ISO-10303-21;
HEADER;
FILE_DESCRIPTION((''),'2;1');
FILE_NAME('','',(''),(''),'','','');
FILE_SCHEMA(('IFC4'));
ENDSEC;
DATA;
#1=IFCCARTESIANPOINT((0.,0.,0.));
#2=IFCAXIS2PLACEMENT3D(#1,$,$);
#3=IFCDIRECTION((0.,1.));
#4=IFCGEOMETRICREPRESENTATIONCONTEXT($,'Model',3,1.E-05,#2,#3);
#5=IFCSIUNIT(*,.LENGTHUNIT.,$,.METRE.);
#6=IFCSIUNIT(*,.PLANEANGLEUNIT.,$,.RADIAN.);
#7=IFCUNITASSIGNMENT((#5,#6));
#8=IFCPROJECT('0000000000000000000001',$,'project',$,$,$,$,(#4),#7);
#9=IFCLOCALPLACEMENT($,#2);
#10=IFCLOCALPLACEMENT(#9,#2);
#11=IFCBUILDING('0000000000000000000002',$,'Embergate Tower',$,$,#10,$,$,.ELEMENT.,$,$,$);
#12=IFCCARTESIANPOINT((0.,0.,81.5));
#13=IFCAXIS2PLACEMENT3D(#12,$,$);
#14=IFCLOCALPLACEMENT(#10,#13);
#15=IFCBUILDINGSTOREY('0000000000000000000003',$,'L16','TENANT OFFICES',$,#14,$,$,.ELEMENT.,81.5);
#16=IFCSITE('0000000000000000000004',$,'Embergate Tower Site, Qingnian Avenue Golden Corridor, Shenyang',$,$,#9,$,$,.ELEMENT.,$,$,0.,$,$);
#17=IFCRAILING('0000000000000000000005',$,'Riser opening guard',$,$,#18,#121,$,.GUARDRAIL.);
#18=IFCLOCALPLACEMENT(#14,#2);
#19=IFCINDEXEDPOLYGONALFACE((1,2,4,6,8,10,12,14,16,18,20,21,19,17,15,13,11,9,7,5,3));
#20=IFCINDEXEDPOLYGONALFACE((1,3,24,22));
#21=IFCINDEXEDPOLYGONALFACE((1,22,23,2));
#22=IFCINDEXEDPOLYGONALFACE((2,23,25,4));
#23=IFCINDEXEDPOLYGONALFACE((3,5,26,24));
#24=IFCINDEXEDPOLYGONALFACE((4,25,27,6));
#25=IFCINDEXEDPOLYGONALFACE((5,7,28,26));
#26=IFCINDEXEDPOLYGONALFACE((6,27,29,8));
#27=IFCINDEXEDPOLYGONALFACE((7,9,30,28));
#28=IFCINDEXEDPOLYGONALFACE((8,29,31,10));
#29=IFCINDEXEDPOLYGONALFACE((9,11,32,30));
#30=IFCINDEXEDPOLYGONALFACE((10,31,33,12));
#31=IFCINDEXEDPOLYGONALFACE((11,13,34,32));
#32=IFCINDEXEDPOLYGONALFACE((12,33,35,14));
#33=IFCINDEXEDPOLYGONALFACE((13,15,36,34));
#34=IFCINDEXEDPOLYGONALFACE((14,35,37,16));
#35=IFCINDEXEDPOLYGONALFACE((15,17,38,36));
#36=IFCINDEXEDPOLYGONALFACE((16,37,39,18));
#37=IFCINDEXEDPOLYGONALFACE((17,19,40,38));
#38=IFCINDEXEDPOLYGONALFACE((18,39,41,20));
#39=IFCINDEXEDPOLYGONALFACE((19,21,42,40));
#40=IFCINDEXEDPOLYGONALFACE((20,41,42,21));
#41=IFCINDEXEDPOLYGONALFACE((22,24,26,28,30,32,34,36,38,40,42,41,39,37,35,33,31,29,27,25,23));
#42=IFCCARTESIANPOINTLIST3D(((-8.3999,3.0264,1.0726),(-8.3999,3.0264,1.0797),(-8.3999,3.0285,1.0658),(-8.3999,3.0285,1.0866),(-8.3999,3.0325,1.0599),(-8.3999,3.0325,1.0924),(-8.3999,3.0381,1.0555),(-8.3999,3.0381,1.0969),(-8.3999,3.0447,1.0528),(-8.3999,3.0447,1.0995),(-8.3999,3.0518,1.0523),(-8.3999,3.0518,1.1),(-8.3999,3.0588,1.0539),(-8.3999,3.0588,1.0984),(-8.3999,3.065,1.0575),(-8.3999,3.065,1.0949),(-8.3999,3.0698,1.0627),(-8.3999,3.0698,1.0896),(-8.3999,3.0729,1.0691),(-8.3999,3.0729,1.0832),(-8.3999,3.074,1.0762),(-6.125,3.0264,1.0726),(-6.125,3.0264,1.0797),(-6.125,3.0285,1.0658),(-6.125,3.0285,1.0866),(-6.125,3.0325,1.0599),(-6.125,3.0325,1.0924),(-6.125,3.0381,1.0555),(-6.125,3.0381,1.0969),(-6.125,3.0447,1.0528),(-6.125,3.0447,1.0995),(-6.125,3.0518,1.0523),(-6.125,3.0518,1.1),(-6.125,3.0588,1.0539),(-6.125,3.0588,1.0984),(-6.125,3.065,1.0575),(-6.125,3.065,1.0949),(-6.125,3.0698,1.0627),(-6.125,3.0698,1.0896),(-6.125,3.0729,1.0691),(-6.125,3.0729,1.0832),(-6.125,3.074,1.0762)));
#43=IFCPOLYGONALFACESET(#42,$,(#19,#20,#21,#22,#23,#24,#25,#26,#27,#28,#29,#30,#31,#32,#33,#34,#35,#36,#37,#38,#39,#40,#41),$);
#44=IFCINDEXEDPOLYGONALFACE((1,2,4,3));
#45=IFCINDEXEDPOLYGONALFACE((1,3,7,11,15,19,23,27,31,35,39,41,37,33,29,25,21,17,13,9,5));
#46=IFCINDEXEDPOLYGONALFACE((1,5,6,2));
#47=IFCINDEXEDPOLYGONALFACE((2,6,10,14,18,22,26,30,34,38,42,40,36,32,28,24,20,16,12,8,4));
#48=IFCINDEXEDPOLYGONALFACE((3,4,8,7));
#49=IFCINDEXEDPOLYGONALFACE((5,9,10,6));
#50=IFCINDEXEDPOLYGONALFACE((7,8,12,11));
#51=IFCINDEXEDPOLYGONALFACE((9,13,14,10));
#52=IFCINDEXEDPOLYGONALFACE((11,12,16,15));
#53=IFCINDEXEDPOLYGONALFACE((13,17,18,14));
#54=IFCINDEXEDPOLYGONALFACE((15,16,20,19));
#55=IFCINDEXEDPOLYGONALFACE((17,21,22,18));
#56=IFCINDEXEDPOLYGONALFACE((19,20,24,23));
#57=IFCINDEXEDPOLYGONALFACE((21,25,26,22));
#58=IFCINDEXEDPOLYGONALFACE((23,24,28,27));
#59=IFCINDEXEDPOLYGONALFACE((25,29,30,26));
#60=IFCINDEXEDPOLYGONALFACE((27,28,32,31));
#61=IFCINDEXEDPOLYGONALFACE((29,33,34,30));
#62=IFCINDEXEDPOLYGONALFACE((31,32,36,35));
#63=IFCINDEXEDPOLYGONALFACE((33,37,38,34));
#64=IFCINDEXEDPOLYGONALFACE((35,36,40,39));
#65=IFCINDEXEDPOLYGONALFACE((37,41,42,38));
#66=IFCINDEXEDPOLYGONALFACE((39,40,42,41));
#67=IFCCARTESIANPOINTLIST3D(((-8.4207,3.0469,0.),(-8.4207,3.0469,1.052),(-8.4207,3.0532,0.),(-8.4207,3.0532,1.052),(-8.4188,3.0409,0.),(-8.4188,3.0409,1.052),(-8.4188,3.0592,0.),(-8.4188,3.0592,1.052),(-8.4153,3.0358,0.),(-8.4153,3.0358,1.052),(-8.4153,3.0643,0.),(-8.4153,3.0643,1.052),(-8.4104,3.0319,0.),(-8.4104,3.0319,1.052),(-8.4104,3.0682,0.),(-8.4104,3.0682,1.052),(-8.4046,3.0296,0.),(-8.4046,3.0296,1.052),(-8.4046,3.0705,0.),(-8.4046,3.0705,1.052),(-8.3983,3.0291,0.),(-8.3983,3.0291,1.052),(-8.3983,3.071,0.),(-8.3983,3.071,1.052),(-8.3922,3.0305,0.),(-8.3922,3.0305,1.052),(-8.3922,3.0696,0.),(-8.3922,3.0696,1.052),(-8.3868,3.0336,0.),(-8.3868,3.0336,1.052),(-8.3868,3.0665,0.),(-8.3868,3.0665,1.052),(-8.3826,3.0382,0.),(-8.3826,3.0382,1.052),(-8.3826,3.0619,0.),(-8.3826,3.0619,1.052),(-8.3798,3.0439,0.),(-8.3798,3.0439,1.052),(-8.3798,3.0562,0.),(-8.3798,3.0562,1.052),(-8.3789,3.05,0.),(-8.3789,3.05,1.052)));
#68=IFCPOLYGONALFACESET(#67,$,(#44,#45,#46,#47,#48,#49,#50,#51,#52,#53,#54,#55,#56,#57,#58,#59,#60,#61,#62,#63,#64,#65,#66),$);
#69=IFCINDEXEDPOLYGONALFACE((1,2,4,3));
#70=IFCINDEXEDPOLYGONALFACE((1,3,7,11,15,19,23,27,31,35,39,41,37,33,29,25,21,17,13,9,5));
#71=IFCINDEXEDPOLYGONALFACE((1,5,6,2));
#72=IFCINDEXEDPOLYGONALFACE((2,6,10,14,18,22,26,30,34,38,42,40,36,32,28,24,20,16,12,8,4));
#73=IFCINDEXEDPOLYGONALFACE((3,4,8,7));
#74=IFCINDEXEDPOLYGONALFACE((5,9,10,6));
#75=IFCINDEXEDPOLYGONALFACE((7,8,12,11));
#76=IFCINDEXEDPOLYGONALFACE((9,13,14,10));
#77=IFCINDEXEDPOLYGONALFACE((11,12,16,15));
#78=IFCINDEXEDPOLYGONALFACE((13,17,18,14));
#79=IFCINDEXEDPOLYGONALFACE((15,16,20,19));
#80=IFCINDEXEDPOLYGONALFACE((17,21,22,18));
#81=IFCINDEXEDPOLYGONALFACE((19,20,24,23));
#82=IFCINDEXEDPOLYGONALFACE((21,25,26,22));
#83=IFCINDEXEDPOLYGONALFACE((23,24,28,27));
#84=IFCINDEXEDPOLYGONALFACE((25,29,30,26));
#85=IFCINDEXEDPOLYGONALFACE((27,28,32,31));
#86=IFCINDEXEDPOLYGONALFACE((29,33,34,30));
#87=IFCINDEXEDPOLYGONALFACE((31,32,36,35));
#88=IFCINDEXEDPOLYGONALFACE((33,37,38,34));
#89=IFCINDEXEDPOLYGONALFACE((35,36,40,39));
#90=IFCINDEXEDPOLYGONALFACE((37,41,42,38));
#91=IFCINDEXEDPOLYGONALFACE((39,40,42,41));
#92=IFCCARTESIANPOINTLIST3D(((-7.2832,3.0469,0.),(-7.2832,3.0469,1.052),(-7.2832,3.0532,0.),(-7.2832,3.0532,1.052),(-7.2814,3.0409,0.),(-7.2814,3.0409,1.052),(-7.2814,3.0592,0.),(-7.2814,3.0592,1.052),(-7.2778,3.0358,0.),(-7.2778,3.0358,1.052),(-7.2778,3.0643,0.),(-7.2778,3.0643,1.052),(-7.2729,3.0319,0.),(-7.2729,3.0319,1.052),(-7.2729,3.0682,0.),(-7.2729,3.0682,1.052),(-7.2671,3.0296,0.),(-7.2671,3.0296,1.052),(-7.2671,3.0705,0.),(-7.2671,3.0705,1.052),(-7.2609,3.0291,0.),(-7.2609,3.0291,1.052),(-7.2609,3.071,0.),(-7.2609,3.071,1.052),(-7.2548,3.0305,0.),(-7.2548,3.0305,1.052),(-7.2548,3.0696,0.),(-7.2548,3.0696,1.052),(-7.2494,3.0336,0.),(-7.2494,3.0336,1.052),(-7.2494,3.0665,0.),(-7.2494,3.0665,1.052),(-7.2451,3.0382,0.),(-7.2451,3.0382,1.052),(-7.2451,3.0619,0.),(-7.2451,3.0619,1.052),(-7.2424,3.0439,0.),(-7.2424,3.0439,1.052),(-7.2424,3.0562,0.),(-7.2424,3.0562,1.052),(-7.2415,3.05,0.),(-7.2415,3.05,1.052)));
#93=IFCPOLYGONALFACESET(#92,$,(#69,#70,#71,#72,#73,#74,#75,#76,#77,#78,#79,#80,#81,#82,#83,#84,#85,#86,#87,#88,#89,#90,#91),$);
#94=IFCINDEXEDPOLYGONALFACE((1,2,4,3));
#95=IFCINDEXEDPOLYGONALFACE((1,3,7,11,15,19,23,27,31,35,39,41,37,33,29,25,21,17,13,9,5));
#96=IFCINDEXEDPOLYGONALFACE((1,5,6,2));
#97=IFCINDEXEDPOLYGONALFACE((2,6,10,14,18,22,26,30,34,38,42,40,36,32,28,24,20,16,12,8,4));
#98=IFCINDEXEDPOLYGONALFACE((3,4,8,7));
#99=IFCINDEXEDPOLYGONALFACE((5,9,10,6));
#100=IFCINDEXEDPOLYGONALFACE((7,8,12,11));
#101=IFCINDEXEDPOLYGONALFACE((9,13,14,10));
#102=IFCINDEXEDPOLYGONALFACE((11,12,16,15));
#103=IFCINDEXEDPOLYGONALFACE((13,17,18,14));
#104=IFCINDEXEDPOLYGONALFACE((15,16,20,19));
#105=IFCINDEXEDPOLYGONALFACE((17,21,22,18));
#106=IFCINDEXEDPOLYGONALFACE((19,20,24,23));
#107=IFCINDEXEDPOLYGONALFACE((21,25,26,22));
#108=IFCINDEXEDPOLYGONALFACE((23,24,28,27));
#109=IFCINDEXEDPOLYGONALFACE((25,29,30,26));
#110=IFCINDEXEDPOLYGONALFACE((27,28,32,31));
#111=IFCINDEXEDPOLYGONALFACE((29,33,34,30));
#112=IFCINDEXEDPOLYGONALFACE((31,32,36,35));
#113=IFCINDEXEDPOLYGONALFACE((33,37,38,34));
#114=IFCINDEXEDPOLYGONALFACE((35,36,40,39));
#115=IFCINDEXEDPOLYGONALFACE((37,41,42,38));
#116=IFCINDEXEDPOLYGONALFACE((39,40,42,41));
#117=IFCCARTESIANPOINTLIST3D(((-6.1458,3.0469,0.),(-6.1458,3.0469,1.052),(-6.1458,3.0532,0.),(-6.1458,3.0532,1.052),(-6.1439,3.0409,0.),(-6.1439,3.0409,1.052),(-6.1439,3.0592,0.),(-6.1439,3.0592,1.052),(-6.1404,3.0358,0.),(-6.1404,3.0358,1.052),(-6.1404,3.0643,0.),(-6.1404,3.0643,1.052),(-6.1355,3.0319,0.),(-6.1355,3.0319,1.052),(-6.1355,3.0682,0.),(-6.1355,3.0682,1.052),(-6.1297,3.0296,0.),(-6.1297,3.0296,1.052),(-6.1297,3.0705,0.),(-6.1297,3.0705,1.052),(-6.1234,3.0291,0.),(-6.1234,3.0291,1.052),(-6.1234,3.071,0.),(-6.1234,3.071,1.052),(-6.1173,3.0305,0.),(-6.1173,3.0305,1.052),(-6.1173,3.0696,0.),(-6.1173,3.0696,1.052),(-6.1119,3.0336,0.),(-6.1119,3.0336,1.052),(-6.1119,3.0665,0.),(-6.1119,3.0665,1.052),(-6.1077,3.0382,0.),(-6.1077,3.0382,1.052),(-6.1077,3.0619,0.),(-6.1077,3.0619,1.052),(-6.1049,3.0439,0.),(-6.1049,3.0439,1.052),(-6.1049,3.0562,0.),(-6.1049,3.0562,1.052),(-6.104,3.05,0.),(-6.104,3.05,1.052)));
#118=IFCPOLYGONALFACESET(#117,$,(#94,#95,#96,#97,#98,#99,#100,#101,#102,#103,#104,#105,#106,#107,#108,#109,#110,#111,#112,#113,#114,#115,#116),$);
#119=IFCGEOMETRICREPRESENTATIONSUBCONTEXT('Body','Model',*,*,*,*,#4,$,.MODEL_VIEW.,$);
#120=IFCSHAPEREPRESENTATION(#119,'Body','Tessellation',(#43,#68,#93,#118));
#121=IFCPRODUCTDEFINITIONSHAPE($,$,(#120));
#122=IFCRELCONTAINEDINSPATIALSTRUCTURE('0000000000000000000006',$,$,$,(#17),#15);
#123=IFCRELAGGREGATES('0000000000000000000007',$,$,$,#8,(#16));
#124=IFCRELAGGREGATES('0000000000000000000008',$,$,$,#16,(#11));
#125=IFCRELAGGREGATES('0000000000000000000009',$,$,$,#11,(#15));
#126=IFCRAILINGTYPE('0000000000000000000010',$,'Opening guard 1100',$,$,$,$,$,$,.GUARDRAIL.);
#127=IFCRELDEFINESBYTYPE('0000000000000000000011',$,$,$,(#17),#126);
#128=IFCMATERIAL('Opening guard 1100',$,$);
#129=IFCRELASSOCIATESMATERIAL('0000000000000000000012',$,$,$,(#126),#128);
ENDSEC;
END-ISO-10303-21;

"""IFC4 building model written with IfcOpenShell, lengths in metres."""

from ifc_helpers import new_model, si_unit, direction, frame, origin, origin_2d, place, context, subcontext, project, spatial, circle, extrude, source, transform, mapped, material, type_object, element, save


model = new_model("IFC4")

# Units and contexts
model_context = context("Model", 3, precision=1e-05, world=origin(), true_north=direction((0.0, 1.0)))
body_context = subcontext(model_context, "Body", "Model", "MODEL_VIEW")
ifc_project = project(units=[si_unit("LENGTHUNIT", "METRE"), si_unit("PLANEANGLEUNIT", "RADIAN")], contexts=[model_context])

# Site, building, storey
site_placement = place(None, origin())
site = spatial("IfcSite", under=ifc_project, at=site_placement, Name="Embergate Tower Site, Qingnian Avenue Golden Corridor, Shenyang", CompositionType="ELEMENT", RefElevation=0.0)
building_placement = place(site_placement, origin())
building = spatial("IfcBuilding", under=site, at=building_placement, Name="Embergate Tower", CompositionType="ELEMENT")
storey_placement = place(building_placement, frame((0.0, 0.0, 81.5)))
storey = spatial("IfcBuildingStorey", under=building, at=storey_placement, Name="L16", Description="TENANT OFFICES", CompositionType="ELEMENT", Elevation=81.5)

# Railing
ifc_material_1 = material(Name="Opening guard 1100")
railing_type = type_object("IfcRailingType", Name="Opening guard 1100", PredefinedType="GUARDRAIL", material=ifc_material_1)
shared_shape_1 = source(origin(), body_context, "Body", "SweptSolid", [
    extrude(circle(Radius=0.0239, at=origin_2d()), frame((0.0, 0.0, 1.0762), z_axis=(1.0, 0.0, 0.0), x_axis=(0.0, 1.0, 0.0)), (0.0, 0.0, 1.0), 2.2749),
    extrude(circle(Radius=0.021, at=origin_2d()), origin(), (0.0, 0.0, 1.0), 1.052),
    extrude(circle(Radius=0.021, at=origin_2d()), frame((1.1375, 0.0, 0.0)), (0.0, 0.0, 1.0), 1.052),
    extrude(circle(Radius=0.021, at=origin_2d()), frame((2.2749, 0.0, 0.0)), (0.0, 0.0, 1.0), 1.052),
])
railing_placement = place(storey_placement, frame((-8.3999, 3.05, 0.0)))
element("IfcRailing", 1, at=railing_placement, inside=storey, type_object=railing_type, Name="Riser opening guard", PredefinedType="GUARDRAIL", context=body_context, shape_type="MappedRepresentation", body=[
    mapped(shared_shape_1, transform((0.0, 0.0, 0.0))),
])

save(model, "model.ifc")
